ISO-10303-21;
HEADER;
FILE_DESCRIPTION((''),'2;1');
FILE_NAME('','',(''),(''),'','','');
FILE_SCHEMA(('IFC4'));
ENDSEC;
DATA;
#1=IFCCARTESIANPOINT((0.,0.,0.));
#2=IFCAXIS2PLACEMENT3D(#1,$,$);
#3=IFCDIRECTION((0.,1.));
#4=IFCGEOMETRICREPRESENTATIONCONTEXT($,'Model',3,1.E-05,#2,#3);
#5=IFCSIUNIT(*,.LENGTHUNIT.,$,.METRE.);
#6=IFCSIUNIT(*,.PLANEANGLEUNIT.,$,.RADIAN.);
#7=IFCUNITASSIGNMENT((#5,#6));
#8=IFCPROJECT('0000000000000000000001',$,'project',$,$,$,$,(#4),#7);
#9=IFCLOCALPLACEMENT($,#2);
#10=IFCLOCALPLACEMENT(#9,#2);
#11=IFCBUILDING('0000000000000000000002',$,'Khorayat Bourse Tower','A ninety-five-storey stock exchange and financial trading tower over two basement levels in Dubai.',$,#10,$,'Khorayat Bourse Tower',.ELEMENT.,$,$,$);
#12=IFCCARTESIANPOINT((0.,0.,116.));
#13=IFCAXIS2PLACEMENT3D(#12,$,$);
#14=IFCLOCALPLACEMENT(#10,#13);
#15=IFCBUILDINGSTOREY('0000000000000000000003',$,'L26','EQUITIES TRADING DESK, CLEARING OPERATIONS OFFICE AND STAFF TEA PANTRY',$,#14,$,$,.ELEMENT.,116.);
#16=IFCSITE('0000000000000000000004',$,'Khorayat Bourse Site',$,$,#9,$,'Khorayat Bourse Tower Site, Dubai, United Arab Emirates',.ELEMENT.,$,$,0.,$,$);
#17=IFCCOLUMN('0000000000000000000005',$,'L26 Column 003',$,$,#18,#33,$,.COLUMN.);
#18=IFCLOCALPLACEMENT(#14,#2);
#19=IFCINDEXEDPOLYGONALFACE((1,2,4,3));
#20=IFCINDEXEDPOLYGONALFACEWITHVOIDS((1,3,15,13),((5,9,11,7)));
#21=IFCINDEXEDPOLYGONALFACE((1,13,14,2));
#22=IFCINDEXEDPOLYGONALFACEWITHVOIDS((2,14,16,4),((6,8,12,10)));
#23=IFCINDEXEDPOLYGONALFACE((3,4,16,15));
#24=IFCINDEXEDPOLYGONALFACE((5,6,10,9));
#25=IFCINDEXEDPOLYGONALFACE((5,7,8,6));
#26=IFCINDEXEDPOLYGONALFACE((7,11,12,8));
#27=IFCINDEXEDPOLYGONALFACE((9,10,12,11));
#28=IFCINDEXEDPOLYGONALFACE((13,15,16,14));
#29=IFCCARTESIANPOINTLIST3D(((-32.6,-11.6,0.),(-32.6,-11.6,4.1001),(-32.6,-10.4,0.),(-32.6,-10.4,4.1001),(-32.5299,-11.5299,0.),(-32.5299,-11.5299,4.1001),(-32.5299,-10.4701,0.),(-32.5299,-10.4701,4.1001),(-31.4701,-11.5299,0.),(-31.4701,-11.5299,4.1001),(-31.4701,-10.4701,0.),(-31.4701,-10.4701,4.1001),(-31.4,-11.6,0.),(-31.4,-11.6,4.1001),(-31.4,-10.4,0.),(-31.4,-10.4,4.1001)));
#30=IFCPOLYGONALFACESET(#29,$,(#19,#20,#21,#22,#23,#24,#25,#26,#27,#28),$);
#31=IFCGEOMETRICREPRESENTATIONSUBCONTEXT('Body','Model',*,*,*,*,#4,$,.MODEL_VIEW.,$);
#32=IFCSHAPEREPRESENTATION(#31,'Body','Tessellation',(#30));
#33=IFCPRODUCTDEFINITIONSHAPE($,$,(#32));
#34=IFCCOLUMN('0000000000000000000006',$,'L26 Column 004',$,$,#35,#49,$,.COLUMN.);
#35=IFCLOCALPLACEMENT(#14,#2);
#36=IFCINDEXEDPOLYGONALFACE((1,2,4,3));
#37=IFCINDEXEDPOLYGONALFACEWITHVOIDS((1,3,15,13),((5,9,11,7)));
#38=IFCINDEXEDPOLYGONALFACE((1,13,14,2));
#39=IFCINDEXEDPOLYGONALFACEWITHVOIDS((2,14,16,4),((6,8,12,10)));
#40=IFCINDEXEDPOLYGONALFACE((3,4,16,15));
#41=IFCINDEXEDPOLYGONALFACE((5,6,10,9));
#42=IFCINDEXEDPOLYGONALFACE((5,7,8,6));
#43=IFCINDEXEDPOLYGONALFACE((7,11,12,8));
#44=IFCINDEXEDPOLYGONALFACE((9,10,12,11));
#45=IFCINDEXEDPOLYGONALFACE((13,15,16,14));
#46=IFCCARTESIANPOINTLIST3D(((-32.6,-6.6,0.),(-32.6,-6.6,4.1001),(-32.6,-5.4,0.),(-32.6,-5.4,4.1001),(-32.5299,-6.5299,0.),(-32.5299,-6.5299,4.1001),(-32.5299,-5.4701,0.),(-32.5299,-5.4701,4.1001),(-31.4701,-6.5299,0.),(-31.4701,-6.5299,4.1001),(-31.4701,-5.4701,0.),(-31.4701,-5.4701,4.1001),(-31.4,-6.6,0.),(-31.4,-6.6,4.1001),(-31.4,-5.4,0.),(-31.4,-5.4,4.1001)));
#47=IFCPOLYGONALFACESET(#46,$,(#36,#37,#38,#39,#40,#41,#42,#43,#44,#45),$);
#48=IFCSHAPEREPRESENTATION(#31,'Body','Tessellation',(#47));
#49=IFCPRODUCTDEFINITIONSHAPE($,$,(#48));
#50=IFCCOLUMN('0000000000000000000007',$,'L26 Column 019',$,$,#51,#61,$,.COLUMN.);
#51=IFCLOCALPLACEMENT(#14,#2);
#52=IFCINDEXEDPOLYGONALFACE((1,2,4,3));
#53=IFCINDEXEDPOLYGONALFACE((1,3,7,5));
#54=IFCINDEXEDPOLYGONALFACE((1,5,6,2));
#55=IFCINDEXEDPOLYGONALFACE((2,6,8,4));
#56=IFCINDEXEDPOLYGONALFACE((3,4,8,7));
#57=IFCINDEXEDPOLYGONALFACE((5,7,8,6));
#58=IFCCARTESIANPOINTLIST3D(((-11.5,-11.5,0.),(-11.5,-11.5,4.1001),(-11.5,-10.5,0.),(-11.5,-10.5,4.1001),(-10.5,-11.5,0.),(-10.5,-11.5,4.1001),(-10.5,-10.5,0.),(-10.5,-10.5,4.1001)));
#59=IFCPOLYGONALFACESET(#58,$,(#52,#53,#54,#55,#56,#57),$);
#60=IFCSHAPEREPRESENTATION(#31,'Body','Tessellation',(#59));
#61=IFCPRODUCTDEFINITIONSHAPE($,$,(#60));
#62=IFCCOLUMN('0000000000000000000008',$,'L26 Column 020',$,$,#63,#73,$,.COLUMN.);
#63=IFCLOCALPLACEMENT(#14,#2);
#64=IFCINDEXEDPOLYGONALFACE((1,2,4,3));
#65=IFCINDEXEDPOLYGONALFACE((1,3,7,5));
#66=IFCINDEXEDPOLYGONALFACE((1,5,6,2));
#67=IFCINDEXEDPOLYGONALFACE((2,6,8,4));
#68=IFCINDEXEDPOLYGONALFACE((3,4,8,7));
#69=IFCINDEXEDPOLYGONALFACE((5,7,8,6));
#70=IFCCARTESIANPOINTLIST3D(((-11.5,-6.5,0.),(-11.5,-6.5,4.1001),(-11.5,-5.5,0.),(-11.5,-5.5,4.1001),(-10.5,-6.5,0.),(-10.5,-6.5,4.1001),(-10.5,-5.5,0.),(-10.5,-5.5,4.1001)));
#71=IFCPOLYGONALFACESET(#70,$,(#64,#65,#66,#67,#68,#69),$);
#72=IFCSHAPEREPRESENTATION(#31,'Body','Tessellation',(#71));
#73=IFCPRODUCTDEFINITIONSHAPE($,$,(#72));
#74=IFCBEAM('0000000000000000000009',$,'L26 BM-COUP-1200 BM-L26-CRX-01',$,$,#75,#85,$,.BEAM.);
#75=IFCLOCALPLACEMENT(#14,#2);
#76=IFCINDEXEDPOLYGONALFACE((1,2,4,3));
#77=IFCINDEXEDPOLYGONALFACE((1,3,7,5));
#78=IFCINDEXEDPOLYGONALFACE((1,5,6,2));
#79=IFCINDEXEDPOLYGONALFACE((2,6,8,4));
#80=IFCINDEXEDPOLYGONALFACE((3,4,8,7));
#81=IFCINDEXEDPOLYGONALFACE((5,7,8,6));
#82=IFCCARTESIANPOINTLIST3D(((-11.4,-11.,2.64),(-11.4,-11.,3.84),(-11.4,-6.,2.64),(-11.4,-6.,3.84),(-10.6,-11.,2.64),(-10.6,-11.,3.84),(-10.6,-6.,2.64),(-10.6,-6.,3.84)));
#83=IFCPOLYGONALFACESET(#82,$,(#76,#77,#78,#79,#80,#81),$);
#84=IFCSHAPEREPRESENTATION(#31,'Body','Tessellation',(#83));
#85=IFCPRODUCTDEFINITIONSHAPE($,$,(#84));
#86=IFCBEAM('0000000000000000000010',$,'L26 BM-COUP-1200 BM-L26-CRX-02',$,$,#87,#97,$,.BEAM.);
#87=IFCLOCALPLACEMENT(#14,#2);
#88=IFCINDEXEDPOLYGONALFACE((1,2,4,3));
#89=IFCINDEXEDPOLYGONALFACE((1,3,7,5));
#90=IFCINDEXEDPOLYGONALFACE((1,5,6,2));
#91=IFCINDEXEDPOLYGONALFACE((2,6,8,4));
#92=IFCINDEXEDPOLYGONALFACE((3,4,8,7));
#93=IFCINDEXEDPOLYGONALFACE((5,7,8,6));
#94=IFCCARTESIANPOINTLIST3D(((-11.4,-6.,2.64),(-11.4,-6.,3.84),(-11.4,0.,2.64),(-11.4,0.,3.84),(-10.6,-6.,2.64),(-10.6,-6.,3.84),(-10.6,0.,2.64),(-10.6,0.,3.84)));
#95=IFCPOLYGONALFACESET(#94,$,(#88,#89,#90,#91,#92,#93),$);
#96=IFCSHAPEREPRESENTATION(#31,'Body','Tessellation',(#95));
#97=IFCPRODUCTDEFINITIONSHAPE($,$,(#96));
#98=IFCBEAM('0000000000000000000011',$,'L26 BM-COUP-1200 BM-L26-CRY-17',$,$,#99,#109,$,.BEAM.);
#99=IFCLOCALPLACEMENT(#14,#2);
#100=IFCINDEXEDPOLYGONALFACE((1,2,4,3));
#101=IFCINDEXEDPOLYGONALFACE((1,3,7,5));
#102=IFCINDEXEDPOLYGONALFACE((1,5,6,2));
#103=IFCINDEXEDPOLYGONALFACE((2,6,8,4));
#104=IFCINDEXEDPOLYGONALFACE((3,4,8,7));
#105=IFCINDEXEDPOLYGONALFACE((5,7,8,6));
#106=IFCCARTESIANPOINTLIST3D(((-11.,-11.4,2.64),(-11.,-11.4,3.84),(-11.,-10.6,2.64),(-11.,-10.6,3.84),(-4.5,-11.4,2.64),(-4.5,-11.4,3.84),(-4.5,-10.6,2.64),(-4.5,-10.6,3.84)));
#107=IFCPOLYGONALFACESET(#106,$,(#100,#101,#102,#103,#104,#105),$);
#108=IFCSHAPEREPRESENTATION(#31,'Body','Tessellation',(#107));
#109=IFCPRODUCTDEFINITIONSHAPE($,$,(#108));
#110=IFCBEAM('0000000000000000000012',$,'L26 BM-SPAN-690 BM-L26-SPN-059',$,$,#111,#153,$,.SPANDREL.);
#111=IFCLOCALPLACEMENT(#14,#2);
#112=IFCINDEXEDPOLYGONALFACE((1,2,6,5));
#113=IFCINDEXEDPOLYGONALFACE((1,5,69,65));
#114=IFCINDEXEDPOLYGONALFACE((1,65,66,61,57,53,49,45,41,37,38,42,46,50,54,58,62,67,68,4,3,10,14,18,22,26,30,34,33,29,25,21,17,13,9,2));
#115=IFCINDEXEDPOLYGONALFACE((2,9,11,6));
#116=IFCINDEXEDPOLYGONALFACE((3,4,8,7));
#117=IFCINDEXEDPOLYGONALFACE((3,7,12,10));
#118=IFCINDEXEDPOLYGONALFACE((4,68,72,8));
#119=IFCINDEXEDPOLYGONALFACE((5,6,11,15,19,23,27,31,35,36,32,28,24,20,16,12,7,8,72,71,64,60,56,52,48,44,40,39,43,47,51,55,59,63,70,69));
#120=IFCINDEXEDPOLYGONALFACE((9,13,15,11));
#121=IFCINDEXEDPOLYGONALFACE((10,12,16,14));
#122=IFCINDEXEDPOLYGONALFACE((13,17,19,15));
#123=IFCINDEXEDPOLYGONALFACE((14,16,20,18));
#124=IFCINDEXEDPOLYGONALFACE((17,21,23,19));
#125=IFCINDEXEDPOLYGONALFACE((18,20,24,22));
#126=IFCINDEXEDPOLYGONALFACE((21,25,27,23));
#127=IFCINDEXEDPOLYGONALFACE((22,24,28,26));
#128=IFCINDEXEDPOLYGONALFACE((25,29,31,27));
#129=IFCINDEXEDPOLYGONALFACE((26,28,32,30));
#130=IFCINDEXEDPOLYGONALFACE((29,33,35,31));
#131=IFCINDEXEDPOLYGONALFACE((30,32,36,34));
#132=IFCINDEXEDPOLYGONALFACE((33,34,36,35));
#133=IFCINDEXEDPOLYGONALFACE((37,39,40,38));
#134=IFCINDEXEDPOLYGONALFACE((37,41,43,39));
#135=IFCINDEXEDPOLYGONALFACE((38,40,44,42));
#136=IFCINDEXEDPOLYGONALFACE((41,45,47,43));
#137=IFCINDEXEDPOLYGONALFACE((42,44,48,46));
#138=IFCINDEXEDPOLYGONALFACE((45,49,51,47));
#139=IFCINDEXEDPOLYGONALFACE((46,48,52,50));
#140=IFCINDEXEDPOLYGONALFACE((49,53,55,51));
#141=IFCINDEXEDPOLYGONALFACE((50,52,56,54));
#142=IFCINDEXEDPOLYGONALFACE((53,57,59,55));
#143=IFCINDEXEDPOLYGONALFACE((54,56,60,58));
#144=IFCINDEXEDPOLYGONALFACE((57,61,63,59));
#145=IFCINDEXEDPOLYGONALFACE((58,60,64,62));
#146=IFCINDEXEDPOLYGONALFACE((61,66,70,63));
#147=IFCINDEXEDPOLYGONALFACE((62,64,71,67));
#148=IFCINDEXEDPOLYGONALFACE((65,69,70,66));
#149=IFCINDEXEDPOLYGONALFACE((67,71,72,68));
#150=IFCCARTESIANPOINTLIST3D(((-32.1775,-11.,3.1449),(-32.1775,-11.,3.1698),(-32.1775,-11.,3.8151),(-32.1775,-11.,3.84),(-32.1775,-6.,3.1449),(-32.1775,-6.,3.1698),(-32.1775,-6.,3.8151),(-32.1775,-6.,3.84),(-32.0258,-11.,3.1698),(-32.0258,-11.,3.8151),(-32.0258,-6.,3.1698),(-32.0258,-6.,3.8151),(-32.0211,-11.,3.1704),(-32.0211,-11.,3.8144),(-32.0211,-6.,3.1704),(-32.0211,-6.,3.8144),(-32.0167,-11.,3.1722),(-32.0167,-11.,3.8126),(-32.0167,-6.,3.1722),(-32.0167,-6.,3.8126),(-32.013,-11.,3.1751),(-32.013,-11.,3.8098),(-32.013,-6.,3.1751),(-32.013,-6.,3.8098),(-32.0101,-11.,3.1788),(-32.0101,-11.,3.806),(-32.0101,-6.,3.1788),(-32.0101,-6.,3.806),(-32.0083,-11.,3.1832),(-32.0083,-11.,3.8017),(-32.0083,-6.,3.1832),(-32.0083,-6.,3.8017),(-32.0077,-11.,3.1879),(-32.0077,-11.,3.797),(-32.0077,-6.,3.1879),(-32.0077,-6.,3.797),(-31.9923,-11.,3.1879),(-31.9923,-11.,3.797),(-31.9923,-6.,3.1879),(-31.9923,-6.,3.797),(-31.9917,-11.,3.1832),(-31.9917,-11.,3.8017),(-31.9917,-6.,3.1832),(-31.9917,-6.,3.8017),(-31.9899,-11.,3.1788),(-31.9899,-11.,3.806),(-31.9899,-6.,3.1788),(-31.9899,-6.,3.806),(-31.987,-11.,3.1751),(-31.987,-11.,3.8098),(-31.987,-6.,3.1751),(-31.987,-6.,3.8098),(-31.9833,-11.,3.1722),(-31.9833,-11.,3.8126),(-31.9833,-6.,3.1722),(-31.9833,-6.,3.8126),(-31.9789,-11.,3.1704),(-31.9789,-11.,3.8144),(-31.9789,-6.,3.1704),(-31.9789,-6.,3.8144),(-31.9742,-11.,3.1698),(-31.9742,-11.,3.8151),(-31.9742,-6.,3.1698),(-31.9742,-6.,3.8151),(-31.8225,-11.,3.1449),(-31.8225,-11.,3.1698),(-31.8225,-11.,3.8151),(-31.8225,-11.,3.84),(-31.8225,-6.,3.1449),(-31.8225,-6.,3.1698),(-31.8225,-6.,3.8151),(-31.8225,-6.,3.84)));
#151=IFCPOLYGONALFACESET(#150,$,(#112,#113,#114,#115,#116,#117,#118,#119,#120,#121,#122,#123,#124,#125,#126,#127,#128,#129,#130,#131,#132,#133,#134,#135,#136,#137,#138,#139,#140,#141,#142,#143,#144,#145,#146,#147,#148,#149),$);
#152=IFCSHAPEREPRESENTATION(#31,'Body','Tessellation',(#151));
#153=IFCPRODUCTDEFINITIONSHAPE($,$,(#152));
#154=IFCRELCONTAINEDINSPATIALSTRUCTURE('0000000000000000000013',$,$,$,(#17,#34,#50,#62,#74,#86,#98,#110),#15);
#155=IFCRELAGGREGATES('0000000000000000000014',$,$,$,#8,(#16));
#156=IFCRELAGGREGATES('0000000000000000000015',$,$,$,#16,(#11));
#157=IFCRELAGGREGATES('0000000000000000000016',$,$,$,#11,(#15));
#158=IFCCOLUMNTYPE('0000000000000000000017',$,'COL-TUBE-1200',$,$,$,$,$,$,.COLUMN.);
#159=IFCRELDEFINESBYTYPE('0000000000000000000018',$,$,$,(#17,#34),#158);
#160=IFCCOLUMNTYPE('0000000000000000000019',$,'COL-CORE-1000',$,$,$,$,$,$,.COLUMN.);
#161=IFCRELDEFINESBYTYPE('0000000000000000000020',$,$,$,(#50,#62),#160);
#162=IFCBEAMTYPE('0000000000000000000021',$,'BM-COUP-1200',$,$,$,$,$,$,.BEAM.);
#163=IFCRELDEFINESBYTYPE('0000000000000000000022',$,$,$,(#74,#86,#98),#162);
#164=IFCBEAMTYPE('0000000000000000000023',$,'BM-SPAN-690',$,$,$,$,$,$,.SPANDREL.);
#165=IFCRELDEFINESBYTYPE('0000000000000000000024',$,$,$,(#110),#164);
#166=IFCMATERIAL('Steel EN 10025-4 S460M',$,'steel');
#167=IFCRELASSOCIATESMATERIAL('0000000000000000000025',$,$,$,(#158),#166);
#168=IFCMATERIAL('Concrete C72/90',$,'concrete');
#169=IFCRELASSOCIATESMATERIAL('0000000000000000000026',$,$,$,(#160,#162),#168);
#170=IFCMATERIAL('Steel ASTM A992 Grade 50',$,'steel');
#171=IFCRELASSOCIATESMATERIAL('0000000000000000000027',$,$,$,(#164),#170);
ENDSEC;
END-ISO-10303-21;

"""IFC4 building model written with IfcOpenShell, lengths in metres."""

from ifc_helpers import new_model, si_unit, direction, frame, origin, origin_2d, place, context, subcontext, project, spatial, rectangle, hollow_rectangle, i_section, extrude, source, transform, mapped, material, material_profile, profile_set, type_object, element, save


model = new_model("IFC4")

# Units and contexts
model_context = context("Model", 3, precision=1e-05, world=origin(), true_north=direction((0.0, 1.0)))
body_context = subcontext(model_context, "Body", "Model", "MODEL_VIEW")
ifc_project = project(units=[si_unit("LENGTHUNIT", "METRE"), si_unit("PLANEANGLEUNIT", "RADIAN")], contexts=[model_context])

# Site, building, storey
site_placement = place(None, origin())
site = spatial("IfcSite", under=ifc_project, at=site_placement, Name="Khorayat Bourse Site", LongName="Khorayat Bourse Tower Site, Dubai, United Arab Emirates", CompositionType="ELEMENT", RefElevation=0.0)
building_placement = place(site_placement, origin())
building = spatial("IfcBuilding", under=site, at=building_placement, Name="Khorayat Bourse Tower", Description="A ninety-five-storey stock exchange and financial trading tower over two basement levels in Dubai.", LongName="Khorayat Bourse Tower", CompositionType="ELEMENT")
storey_placement = place(building_placement, frame((0.0, 0.0, 116.0)))
storey = spatial("IfcBuildingStorey", under=building, at=storey_placement, Name="L26", Description="EQUITIES TRADING DESK, CLEARING OPERATIONS OFFICE AND STAFF TEA PANTRY", CompositionType="ELEMENT", Elevation=116.0)

# Columns
ifc_material_1 = material(Name="Steel EN 10025-4 S460M", Category="steel")
ifc_material_profile_1 = material_profile(ifc_material_1, hollow_rectangle(XDim=1.2, YDim=1.2, WallThickness=0.0701, at=origin_2d()), Name="BOX 1200x1200x70")
ifc_profile_set_1 = profile_set([ifc_material_profile_1], Name="Steel EN 10025-4 S460M")
column_type_1 = type_object("IfcColumnType", Name="COL-TUBE-1200", PredefinedType="COLUMN", material=ifc_profile_set_1)
shared_shape_1 = source(origin(), body_context, "Body", "SweptSolid", [
    extrude(hollow_rectangle(XDim=1.2, YDim=1.2, WallThickness=0.0701, at=origin_2d()), origin(), (0.0, 0.0, 1.0), 4.1001),
])
for number, where, z_axis, x_axis, name in (
    (1, (-32.0, -11.0, 0.0), (0.0, 0.0, 1.0), (1.0, 0.0, 0.0), "L26 Column 003"),
    (2, (-32.0, -6.0, 0.0), (0.0, 0.0, 1.0), (1.0, 0.0, 0.0), "L26 Column 004"),
):
    element("IfcColumn", number, at=place(storey_placement, frame(where, z_axis=z_axis, x_axis=x_axis)), inside=storey, type_object=column_type_1, Name=name, PredefinedType="COLUMN", context=body_context, shape_type="MappedRepresentation", body=[
        mapped(shared_shape_1, transform((0.0, 0.0, 0.0), scale=1.0)),
    ])
ifc_material_2 = material(Name="Concrete C72/90", Category="concrete")
ifc_material_profile_2 = material_profile(ifc_material_2, rectangle(XDim=1.0, YDim=1.0, at=origin_2d()), Name="RC 1000x1000")
ifc_profile_set_2 = profile_set([ifc_material_profile_2], Name="Concrete C72/90")
column_type_2 = type_object("IfcColumnType", Name="COL-CORE-1000", PredefinedType="COLUMN", material=ifc_profile_set_2)
shared_shape_2 = source(origin(), body_context, "Body", "SweptSolid", [
    extrude(rectangle(XDim=1.0, YDim=1.0, at=origin_2d()), origin(), (0.0, 0.0, 1.0), 4.1001),
])
for number, where, z_axis, x_axis, name in (
    (3, (-11.0, -11.0, 0.0), (0.0, 0.0, 1.0), (1.0, 0.0, 0.0), "L26 Column 019"),
    (4, (-11.0, -6.0, 0.0), (0.0, 0.0, 1.0), (1.0, 0.0, 0.0), "L26 Column 020"),
):
    element("IfcColumn", number, at=place(storey_placement, frame(where, z_axis=z_axis, x_axis=x_axis)), inside=storey, type_object=column_type_2, Name=name, PredefinedType="COLUMN", context=body_context, shape_type="MappedRepresentation", body=[
        mapped(shared_shape_2, transform((0.0, 0.0, 0.0), scale=1.0)),
    ])

# Beams
ifc_material_profile_3 = material_profile(ifc_material_2, rectangle(XDim=0.8, YDim=1.2, at=origin_2d()), Name="RC 800x1200")
ifc_profile_set_3 = profile_set([ifc_material_profile_3], Name="Concrete C72/90")
beam_type_1 = type_object("IfcBeamType", Name="BM-COUP-1200", PredefinedType="BEAM", material=ifc_profile_set_3)
shared_shape_3 = source(origin(), body_context, "Body", "SweptSolid", [
    extrude(rectangle(XDim=0.8, YDim=1.2, at=origin_2d()), origin(), (0.0, 0.0, 1.0), 5.0),
])
beam_1_placement = place(storey_placement, frame((-11.0, -11.0, 3.24), z_axis=(0.0, 1.0, 0.0), x_axis=(-1.0, 0.0, 0.0)))
element("IfcBeam", 5, at=beam_1_placement, inside=storey, type_object=beam_type_1, Name="L26 BM-COUP-1200 BM-L26-CRX-01", PredefinedType="BEAM", context=body_context, shape_type="MappedRepresentation", body=[
    mapped(shared_shape_3, transform((0.0, 0.0, 0.0), scale=1.0)),
])
shared_shape_4 = source(origin(), body_context, "Body", "SweptSolid", [
    extrude(rectangle(XDim=0.8, YDim=1.2, at=origin_2d()), origin(), (0.0, 0.0, 1.0), 6.0),
])
beam_2_placement = place(storey_placement, frame((-11.0, -6.0, 3.24), z_axis=(0.0, 1.0, 0.0), x_axis=(-1.0, 0.0, 0.0)))
element("IfcBeam", 6, at=beam_2_placement, inside=storey, type_object=beam_type_1, Name="L26 BM-COUP-1200 BM-L26-CRX-02", PredefinedType="BEAM", context=body_context, shape_type="MappedRepresentation", body=[
    mapped(shared_shape_4, transform((0.0, 0.0, 0.0), scale=1.0)),
])
shared_shape_5 = source(origin(), body_context, "Body", "SweptSolid", [
    extrude(rectangle(XDim=0.8, YDim=1.2, at=origin_2d()), origin(), (0.0, 0.0, 1.0), 6.5),
])
beam_3_placement = place(storey_placement, frame((-11.0, -11.0, 3.24), z_axis=(1.0, 0.0, 0.0), x_axis=(0.0, 1.0, 0.0)))
element("IfcBeam", 7, at=beam_3_placement, inside=storey, type_object=beam_type_1, Name="L26 BM-COUP-1200 BM-L26-CRY-17", PredefinedType="BEAM", context=body_context, shape_type="MappedRepresentation", body=[
    mapped(shared_shape_5, transform((0.0, 0.0, 0.0), scale=1.0)),
])
ifc_material_3 = material(Name="Steel ASTM A992 Grade 50", Category="steel")
ifc_material_profile_4 = material_profile(ifc_material_3, i_section(OverallWidth=0.355, OverallDepth=0.6951, WebThickness=0.0154, FlangeThickness=0.0249, FilletRadius=0.0181, at=origin_2d()), Name="W690X217")
ifc_profile_set_4 = profile_set([ifc_material_profile_4], Name="Steel ASTM A992 Grade 50")
beam_type_2 = type_object("IfcBeamType", Name="BM-SPAN-690", PredefinedType="SPANDREL", material=ifc_profile_set_4)
shared_shape_6 = source(origin(), body_context, "Body", "SweptSolid", [
    extrude(i_section(OverallWidth=0.355, OverallDepth=0.6951, WebThickness=0.0154, FlangeThickness=0.0249, FilletRadius=0.0181, at=origin_2d()), origin(), (0.0, 0.0, 1.0), 5.0),
])
beam_4_placement = place(storey_placement, frame((-32.0, -11.0, 3.4924), z_axis=(0.0, 1.0, 0.0), x_axis=(-1.0, 0.0, 0.0)))
element("IfcBeam", 8, at=beam_4_placement, inside=storey, type_object=beam_type_2, Name="L26 BM-SPAN-690 BM-L26-SPN-059", PredefinedType="SPANDREL", context=body_context, shape_type="MappedRepresentation", body=[
    mapped(shared_shape_6, transform((0.0, 0.0, 0.0), scale=1.0)),
])

save(model, "model.ifc")
